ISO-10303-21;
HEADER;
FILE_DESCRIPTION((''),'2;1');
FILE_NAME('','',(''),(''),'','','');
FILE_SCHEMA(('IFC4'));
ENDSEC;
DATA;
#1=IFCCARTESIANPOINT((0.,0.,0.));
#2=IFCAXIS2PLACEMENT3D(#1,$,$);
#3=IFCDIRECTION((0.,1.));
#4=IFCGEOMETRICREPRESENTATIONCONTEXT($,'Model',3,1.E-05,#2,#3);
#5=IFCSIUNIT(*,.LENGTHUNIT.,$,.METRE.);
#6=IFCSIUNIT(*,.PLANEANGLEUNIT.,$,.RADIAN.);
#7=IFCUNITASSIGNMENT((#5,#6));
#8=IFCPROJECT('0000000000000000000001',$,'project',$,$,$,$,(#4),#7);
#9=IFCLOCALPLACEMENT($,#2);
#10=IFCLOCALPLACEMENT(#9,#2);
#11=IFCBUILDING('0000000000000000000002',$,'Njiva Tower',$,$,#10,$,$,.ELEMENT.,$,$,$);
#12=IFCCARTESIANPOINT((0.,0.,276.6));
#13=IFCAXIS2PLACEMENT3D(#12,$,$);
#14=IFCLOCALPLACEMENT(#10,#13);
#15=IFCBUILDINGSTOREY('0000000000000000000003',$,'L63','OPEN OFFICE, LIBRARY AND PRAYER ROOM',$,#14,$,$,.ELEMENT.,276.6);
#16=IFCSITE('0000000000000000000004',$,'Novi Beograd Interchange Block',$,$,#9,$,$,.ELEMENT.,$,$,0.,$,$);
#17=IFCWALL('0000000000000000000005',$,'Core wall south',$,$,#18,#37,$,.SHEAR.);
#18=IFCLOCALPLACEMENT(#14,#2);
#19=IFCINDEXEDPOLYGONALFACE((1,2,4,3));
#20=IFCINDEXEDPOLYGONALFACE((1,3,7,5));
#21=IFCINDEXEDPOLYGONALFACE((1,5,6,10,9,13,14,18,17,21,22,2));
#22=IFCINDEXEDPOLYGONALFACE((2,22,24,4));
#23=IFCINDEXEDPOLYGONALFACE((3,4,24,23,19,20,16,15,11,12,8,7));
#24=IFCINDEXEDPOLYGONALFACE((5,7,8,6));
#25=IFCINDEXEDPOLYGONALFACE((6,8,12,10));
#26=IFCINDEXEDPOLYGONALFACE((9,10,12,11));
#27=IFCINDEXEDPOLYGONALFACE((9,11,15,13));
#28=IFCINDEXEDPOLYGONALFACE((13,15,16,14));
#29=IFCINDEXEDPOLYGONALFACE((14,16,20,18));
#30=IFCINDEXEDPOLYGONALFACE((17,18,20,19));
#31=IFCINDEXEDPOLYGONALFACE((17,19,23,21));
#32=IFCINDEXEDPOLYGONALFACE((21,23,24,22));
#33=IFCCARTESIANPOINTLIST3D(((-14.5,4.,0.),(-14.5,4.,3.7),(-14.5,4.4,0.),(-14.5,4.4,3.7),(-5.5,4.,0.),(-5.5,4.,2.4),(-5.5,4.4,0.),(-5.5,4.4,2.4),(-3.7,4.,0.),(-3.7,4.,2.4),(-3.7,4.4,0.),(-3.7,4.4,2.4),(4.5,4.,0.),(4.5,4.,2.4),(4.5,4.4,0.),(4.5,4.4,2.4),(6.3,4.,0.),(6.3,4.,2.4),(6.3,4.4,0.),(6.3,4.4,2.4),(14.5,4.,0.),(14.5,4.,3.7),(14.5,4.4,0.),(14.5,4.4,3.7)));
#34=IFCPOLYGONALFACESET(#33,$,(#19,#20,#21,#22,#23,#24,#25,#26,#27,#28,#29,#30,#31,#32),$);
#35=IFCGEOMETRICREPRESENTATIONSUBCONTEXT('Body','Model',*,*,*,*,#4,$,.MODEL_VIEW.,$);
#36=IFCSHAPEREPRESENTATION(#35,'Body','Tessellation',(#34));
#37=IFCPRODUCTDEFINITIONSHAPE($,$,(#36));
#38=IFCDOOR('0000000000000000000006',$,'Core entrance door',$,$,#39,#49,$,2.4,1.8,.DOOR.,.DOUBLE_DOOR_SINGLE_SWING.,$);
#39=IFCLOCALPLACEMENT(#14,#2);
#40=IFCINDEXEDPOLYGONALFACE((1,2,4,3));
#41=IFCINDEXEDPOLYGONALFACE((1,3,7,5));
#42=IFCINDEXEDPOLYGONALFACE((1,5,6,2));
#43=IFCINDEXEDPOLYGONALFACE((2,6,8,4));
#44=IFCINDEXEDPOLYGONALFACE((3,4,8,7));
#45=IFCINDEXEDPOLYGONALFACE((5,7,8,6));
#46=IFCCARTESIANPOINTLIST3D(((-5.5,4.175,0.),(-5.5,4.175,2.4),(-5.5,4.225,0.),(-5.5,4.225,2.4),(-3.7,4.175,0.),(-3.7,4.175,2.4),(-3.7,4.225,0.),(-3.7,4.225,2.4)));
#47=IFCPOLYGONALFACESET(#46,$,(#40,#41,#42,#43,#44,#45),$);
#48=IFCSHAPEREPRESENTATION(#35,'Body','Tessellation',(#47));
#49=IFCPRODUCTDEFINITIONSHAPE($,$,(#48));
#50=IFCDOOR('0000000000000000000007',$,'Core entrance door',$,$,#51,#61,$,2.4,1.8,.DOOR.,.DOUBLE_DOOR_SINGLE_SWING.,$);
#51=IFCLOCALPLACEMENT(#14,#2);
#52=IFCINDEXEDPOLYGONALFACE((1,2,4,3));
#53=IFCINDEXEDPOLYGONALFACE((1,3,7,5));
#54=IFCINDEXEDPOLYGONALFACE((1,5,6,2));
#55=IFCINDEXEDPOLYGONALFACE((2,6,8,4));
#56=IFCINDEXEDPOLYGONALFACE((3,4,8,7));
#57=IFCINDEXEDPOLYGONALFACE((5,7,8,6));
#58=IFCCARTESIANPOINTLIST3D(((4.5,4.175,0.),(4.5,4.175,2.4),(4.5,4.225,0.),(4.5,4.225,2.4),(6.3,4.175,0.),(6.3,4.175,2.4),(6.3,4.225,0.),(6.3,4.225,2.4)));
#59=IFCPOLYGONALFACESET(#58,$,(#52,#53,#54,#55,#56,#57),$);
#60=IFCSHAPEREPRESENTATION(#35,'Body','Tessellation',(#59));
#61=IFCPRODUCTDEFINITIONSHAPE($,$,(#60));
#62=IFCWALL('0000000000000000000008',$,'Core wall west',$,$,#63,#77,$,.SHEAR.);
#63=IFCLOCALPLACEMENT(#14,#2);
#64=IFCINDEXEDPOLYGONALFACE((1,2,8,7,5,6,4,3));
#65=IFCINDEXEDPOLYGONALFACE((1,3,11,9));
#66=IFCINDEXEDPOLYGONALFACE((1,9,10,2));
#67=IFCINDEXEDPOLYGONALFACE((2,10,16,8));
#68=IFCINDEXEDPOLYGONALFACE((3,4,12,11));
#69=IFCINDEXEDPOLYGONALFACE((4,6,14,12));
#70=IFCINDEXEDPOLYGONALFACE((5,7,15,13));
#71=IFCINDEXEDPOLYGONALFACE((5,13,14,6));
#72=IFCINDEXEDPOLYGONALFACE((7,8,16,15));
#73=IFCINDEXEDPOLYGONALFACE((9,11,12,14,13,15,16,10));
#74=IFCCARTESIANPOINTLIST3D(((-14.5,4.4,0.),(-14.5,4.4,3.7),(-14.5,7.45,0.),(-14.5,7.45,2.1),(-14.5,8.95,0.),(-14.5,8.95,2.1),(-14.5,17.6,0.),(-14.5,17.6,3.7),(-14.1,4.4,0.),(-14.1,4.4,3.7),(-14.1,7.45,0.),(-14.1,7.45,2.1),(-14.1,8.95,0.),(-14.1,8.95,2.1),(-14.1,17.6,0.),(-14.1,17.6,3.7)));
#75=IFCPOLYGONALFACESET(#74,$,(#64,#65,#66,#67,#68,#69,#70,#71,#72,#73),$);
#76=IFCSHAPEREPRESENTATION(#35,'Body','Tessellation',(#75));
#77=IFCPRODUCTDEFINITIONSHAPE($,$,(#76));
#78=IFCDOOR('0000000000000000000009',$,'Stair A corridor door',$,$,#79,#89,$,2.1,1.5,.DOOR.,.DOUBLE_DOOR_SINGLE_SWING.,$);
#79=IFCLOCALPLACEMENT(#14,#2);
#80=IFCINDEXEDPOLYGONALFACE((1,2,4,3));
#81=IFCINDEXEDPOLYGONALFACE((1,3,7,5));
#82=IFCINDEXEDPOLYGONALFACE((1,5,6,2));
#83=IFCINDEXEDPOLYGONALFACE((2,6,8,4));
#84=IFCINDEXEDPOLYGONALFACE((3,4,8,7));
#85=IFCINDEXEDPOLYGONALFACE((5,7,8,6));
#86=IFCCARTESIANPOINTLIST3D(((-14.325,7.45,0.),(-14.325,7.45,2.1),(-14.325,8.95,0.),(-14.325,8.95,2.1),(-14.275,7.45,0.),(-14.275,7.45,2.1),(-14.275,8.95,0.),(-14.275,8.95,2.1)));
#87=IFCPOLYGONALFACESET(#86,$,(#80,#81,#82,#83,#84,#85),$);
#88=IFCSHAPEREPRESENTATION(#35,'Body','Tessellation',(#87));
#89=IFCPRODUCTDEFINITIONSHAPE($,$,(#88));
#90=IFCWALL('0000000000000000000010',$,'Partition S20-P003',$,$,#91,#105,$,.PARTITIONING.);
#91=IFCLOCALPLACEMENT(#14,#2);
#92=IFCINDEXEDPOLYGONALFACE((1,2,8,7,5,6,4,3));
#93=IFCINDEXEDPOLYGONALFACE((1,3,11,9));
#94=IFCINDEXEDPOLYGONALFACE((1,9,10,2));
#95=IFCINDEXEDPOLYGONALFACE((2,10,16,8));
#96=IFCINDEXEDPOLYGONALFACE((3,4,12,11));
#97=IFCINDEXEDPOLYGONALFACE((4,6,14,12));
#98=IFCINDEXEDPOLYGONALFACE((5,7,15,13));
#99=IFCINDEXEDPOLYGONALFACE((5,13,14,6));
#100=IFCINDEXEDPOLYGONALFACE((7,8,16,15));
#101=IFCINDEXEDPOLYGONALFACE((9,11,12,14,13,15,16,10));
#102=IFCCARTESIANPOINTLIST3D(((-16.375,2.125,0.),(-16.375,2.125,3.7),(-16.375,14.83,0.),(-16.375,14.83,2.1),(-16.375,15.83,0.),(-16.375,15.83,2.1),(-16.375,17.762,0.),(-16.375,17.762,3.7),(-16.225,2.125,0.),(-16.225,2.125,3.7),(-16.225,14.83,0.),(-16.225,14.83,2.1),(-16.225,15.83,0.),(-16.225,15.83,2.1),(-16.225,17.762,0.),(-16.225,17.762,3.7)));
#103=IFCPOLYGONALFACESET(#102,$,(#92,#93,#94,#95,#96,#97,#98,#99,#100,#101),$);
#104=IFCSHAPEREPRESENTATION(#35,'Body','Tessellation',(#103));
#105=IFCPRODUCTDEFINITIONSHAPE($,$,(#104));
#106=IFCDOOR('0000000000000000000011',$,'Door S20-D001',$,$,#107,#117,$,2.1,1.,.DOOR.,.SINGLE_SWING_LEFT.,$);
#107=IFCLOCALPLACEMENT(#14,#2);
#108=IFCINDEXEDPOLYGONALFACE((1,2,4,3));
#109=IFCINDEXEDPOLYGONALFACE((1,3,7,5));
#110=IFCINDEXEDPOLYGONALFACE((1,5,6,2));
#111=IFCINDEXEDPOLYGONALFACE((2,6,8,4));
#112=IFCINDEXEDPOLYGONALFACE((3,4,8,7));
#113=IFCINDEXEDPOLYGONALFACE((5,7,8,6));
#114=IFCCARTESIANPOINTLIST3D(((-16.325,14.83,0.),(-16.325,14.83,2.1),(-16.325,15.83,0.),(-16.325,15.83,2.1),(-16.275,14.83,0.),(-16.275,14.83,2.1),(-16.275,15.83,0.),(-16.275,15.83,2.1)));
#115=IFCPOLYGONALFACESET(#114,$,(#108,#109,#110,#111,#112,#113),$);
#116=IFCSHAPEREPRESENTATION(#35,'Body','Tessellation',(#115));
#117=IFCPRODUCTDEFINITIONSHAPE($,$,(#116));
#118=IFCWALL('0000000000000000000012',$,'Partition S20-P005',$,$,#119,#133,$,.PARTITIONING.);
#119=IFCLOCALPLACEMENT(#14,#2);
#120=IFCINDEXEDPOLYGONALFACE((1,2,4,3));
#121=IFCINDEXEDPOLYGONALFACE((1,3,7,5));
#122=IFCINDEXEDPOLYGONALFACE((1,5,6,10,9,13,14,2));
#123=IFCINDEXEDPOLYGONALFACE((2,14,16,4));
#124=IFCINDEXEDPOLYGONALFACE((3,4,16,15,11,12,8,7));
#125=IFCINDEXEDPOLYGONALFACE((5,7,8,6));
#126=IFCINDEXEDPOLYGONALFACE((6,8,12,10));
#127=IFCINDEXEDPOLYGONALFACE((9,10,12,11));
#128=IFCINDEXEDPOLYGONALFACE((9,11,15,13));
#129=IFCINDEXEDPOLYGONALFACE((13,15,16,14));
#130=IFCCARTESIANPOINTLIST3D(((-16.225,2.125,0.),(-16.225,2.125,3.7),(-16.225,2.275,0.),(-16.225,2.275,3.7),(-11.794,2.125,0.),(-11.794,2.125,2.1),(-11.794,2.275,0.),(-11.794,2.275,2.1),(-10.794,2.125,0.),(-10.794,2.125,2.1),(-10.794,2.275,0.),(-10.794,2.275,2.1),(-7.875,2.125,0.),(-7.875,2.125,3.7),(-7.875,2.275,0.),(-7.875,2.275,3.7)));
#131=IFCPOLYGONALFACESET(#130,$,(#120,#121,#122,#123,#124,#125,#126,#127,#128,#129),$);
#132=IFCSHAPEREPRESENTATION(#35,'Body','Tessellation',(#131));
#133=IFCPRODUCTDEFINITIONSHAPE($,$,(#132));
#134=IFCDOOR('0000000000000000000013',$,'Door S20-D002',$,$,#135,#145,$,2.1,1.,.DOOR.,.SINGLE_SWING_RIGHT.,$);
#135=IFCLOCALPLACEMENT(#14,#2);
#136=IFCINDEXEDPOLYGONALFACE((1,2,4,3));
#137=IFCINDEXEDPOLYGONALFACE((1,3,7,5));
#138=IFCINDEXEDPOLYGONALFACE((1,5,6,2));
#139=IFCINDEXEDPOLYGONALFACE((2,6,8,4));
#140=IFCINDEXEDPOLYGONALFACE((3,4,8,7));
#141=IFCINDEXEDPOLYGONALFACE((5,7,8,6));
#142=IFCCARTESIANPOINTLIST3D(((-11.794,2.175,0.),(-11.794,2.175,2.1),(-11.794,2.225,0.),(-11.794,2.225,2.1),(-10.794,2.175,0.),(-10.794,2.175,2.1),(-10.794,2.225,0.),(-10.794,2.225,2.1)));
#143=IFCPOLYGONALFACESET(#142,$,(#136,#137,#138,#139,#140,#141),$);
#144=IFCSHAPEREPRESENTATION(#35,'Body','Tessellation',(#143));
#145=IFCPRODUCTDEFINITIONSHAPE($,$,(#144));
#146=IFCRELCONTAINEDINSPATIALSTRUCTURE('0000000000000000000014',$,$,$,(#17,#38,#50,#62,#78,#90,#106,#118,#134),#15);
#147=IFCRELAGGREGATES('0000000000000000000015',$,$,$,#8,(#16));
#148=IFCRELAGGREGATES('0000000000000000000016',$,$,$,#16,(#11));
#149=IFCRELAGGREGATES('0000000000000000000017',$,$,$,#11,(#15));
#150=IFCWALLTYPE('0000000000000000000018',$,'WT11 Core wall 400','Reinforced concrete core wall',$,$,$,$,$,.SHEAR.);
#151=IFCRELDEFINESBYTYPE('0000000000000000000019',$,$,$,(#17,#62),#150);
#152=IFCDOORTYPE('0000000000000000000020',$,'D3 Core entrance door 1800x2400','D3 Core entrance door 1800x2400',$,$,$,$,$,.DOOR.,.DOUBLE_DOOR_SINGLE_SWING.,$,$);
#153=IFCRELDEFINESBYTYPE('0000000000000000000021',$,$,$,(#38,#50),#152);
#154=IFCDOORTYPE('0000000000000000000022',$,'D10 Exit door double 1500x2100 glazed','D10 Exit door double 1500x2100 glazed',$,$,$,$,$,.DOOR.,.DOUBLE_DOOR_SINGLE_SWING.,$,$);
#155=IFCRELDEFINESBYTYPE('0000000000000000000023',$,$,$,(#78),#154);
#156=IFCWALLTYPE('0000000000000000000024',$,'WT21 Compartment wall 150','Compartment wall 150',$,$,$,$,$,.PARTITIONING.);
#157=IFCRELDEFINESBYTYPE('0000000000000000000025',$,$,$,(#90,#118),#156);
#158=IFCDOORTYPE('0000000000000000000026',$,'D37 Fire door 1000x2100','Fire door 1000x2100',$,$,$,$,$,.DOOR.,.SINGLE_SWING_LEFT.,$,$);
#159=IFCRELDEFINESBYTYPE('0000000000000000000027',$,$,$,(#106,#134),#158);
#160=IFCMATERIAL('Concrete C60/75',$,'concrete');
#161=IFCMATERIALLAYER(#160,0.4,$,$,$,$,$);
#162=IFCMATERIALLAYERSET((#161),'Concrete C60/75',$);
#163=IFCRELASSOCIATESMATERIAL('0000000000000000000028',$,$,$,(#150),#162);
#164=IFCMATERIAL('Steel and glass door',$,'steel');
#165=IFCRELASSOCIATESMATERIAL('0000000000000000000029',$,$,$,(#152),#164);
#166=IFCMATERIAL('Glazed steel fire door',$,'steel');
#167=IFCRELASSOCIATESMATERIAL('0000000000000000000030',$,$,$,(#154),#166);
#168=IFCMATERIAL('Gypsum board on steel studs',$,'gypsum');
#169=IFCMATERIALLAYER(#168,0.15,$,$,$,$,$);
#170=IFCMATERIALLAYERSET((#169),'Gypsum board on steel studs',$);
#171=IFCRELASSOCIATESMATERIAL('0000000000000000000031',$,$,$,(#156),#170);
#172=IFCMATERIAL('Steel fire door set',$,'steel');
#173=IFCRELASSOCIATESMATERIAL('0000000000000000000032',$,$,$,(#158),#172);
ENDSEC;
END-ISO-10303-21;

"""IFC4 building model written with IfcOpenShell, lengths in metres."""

from ifc_helpers import new_model, si_unit, direction, frame, frame_2d, origin, place, context, subcontext, project, spatial, rectangle, extrude, material, layer, layer_set, type_object, element, fill, save


model = new_model("IFC4")

# Units and contexts
model_context = context("Model", 3, precision=1e-05, world=origin(), true_north=direction((0.0, 1.0)))
body_context = subcontext(model_context, "Body", "Model", "MODEL_VIEW")
ifc_project = project(units=[si_unit("LENGTHUNIT", "METRE"), si_unit("PLANEANGLEUNIT", "RADIAN")], contexts=[model_context])

# Site, building, storey
site_placement = place(None, origin())
site = spatial("IfcSite", under=ifc_project, at=site_placement, Name="Novi Beograd Interchange Block", CompositionType="ELEMENT", RefElevation=0.0)
building_placement = place(site_placement, origin())
building = spatial("IfcBuilding", under=site, at=building_placement, Name="Njiva Tower", CompositionType="ELEMENT")
storey_placement = place(building_placement, frame((0.0, 0.0, 276.6)))
storey = spatial("IfcBuildingStorey", under=building, at=storey_placement, Name="L63", Description="OPEN OFFICE, LIBRARY AND PRAYER ROOM", CompositionType="ELEMENT", Elevation=276.6)

# Wall, openings, doors
ifc_material_1 = material(Name="Concrete C60/75", Category="concrete")
ifc_layer_1 = layer(ifc_material_1, 0.4)
ifc_layer_set_1 = layer_set([ifc_layer_1], Name="Concrete C60/75")
wall_type_1 = type_object("IfcWallType", Name="WT11 Core wall 400", Description="Reinforced concrete core wall", PredefinedType="SHEAR", material=ifc_layer_set_1)
wall_1_placement = place(storey_placement, frame((-14.5, 4.2, 0.0), z_axis=(0.0, 0.0, 1.0), x_axis=(1.0, 0.0, 0.0)))
wall_1 = element("IfcWall", 1, at=wall_1_placement, inside=storey, type_object=wall_type_1, Name="Core wall south", PredefinedType="SHEAR", context=body_context, shape_type="SweptSolid", body=[
    extrude(rectangle(XDim=29.0, YDim=0.4, at=frame_2d((14.5, 0.0))), origin(), (0.0, 0.0, 1.0), 3.7),
])
opening_1_placement = place(wall_1_placement, frame((9.0, 0.0, 0.0)))
opening_1 = element("IfcOpeningElement", 2, at=opening_1_placement, cuts=wall_1, PredefinedType="OPENING", context=body_context, shape_type="SweptSolid", body=[
    extrude(rectangle(XDim=1.8, YDim=2.4, at=frame_2d((0.9, 1.2))), frame((0.0, 0.21, 0.0), z_axis=(0.0, -1.0, 0.0), x_axis=(1.0, 0.0, 0.0)), (0.0, 0.0, 1.0), 0.42),
])
opening_2_placement = place(wall_1_placement, frame((19.0, 0.0, 0.0)))
opening_2 = element("IfcOpeningElement", 3, at=opening_2_placement, cuts=wall_1, PredefinedType="OPENING", context=body_context, shape_type="SweptSolid", body=[
    extrude(rectangle(XDim=1.8, YDim=2.4, at=frame_2d((0.9, 1.2))), frame((0.0, 0.21, 0.0), z_axis=(0.0, -1.0, 0.0), x_axis=(1.0, 0.0, 0.0)), (0.0, 0.0, 1.0), 0.42),
])
ifc_material_2 = material(Name="Steel and glass door", Category="steel")
door_type_1 = type_object("IfcDoorType", Name="D3 Core entrance door 1800x2400", Description="D3 Core entrance door 1800x2400", OperationType="DOUBLE_DOOR_SINGLE_SWING", PredefinedType="DOOR", material=ifc_material_2)
door_1_placement = place(opening_1_placement, origin())
door_1 = element("IfcDoor", 4, at=door_1_placement, inside=storey, type_object=door_type_1, Name="Core entrance door", OperationType="DOUBLE_DOOR_SINGLE_SWING", OverallHeight=2.4, OverallWidth=1.8, PredefinedType="DOOR", context=body_context, shape_type="SweptSolid", body=[
    extrude(rectangle(XDim=1.8, YDim=2.4, at=frame_2d((0.9, 1.2))), frame((0.0, 0.025, 0.0), z_axis=(0.0, -1.0, 0.0), x_axis=(1.0, 0.0, 0.0)), (0.0, 0.0, 1.0), 0.05),
])
fill(opening_1, door_1)
door_2_placement = place(opening_2_placement, origin())
door_2 = element("IfcDoor", 5, at=door_2_placement, inside=storey, type_object=door_type_1, Name="Core entrance door", OperationType="DOUBLE_DOOR_SINGLE_SWING", OverallHeight=2.4, OverallWidth=1.8, PredefinedType="DOOR", context=body_context, shape_type="SweptSolid", body=[
    extrude(rectangle(XDim=1.8, YDim=2.4, at=frame_2d((0.9, 1.2))), frame((0.0, 0.025, 0.0), z_axis=(0.0, -1.0, 0.0), x_axis=(1.0, 0.0, 0.0)), (0.0, 0.0, 1.0), 0.05),
])
fill(opening_2, door_2)

# Walls, openings, doors
wall_2_placement = place(storey_placement, frame((-14.3, 4.4, 0.0), z_axis=(0.0, 0.0, 1.0), x_axis=(0.0, 1.0, 0.0)))
wall_2 = element("IfcWall", 6, at=wall_2_placement, inside=storey, type_object=wall_type_1, Name="Core wall west", PredefinedType="SHEAR", context=body_context, shape_type="SweptSolid", body=[
    extrude(rectangle(XDim=13.2, YDim=0.4, at=frame_2d((6.6, 0.0))), origin(), (0.0, 0.0, 1.0), 3.7),
])
opening_3_placement = place(wall_2_placement, frame((3.05, 0.0, 0.0)))
opening_3 = element("IfcOpeningElement", 7, at=opening_3_placement, cuts=wall_2, PredefinedType="OPENING", context=body_context, shape_type="SweptSolid", body=[
    extrude(rectangle(XDim=1.5, YDim=2.1, at=frame_2d((0.75, 1.05))), frame((0.0, 0.21, 0.0), z_axis=(0.0, -1.0, 0.0), x_axis=(1.0, 0.0, 0.0)), (0.0, 0.0, 1.0), 0.42),
])
ifc_material_3 = material(Name="Glazed steel fire door", Category="steel")
door_type_2 = type_object("IfcDoorType", Name="D10 Exit door double 1500x2100 glazed", Description="D10 Exit door double 1500x2100 glazed", OperationType="DOUBLE_DOOR_SINGLE_SWING", PredefinedType="DOOR", material=ifc_material_3)
door_3_placement = place(opening_3_placement, origin())
door_3 = element("IfcDoor", 8, at=door_3_placement, inside=storey, type_object=door_type_2, Name="Stair A corridor door", OperationType="DOUBLE_DOOR_SINGLE_SWING", OverallHeight=2.1, OverallWidth=1.5, PredefinedType="DOOR", context=body_context, shape_type="SweptSolid", body=[
    extrude(rectangle(XDim=1.5, YDim=2.1, at=frame_2d((0.75, 1.05))), frame((0.0, 0.025, 0.0), z_axis=(0.0, -1.0, 0.0), x_axis=(1.0, 0.0, 0.0)), (0.0, 0.0, 1.0), 0.05),
])
fill(opening_3, door_3)
ifc_material_4 = material(Name="Gypsum board on steel studs", Category="gypsum")
ifc_layer_2 = layer(ifc_material_4, 0.15)
ifc_layer_set_2 = layer_set([ifc_layer_2], Name="Gypsum board on steel studs")
wall_type_2 = type_object("IfcWallType", Name="WT21 Compartment wall 150", Description="Compartment wall 150", PredefinedType="PARTITIONING", material=ifc_layer_set_2)
wall_3_placement = place(storey_placement, frame((-16.3, 2.125, 0.0), z_axis=(0.0, 0.0, 1.0), x_axis=(0.0, 1.0, 0.0)))
wall_3 = element("IfcWall", 9, at=wall_3_placement, inside=storey, type_object=wall_type_2, Name="Partition S20-P003", PredefinedType="PARTITIONING", context=body_context, shape_type="SweptSolid", body=[
    extrude(rectangle(XDim=15.637, YDim=0.15, at=frame_2d((7.8185, 0.0))), origin(), (0.0, 0.0, 1.0), 3.7),
])
opening_4_placement = place(wall_3_placement, frame((12.705, 0.0, 0.0)))
opening_4 = element("IfcOpeningElement", 10, at=opening_4_placement, cuts=wall_3, PredefinedType="OPENING", context=body_context, shape_type="SweptSolid", body=[
    extrude(rectangle(XDim=1.0, YDim=2.1, at=frame_2d((0.5, 1.05))), frame((0.0, 0.085, 0.0), z_axis=(0.0, -1.0, 0.0), x_axis=(1.0, 0.0, 0.0)), (0.0, 0.0, 1.0), 0.17),
])
ifc_material_5 = material(Name="Steel fire door set", Category="steel")
door_type_3 = type_object("IfcDoorType", Name="D37 Fire door 1000x2100", Description="Fire door 1000x2100", OperationType="SINGLE_SWING_LEFT", PredefinedType="DOOR", material=ifc_material_5)
door_4_placement = place(opening_4_placement, origin())
door_4 = element("IfcDoor", 11, at=door_4_placement, inside=storey, type_object=door_type_3, Name="Door S20-D001", OperationType="SINGLE_SWING_LEFT", OverallHeight=2.1, OverallWidth=1.0, PredefinedType="DOOR", context=body_context, shape_type="SweptSolid", body=[
    extrude(rectangle(XDim=1.0, YDim=2.1, at=frame_2d((0.5, 1.05))), frame((0.0, 0.025, 0.0), z_axis=(0.0, -1.0, 0.0), x_axis=(1.0, 0.0, 0.0)), (0.0, 0.0, 1.0), 0.05),
])
fill(opening_4, door_4)
wall_4_placement = place(storey_placement, frame((-16.225, 2.2, 0.0), z_axis=(0.0, 0.0, 1.0), x_axis=(1.0, 0.0, 0.0)))
wall_4 = element("IfcWall", 12, at=wall_4_placement, inside=storey, type_object=wall_type_2, Name="Partition S20-P005", PredefinedType="PARTITIONING", context=body_context, shape_type="SweptSolid", body=[
    extrude(rectangle(XDim=8.35, YDim=0.15, at=frame_2d((4.175, 0.0))), origin(), (0.0, 0.0, 1.0), 3.7),
])
opening_5_placement = place(wall_4_placement, frame((4.431, 0.0, 0.0)))
opening_5 = element("IfcOpeningElement", 13, at=opening_5_placement, cuts=wall_4, PredefinedType="OPENING", context=body_context, shape_type="SweptSolid", body=[
    extrude(rectangle(XDim=1.0, YDim=2.1, at=frame_2d((0.5, 1.05))), frame((0.0, 0.085, 0.0), z_axis=(0.0, -1.0, 0.0), x_axis=(1.0, 0.0, 0.0)), (0.0, 0.0, 1.0), 0.17),
])
door_5_placement = place(opening_5_placement, origin())
door_5 = element("IfcDoor", 14, at=door_5_placement, inside=storey, type_object=door_type_3, Name="Door S20-D002", OperationType="SINGLE_SWING_RIGHT", OverallHeight=2.1, OverallWidth=1.0, PredefinedType="DOOR", context=body_context, shape_type="SweptSolid", body=[
    extrude(rectangle(XDim=1.0, YDim=2.1, at=frame_2d((0.5, 1.05))), frame((0.0, 0.025, 0.0), z_axis=(0.0, -1.0, 0.0), x_axis=(1.0, 0.0, 0.0)), (0.0, 0.0, 1.0), 0.05),
])
fill(opening_5, door_5)

save(model, "model.ifc")
